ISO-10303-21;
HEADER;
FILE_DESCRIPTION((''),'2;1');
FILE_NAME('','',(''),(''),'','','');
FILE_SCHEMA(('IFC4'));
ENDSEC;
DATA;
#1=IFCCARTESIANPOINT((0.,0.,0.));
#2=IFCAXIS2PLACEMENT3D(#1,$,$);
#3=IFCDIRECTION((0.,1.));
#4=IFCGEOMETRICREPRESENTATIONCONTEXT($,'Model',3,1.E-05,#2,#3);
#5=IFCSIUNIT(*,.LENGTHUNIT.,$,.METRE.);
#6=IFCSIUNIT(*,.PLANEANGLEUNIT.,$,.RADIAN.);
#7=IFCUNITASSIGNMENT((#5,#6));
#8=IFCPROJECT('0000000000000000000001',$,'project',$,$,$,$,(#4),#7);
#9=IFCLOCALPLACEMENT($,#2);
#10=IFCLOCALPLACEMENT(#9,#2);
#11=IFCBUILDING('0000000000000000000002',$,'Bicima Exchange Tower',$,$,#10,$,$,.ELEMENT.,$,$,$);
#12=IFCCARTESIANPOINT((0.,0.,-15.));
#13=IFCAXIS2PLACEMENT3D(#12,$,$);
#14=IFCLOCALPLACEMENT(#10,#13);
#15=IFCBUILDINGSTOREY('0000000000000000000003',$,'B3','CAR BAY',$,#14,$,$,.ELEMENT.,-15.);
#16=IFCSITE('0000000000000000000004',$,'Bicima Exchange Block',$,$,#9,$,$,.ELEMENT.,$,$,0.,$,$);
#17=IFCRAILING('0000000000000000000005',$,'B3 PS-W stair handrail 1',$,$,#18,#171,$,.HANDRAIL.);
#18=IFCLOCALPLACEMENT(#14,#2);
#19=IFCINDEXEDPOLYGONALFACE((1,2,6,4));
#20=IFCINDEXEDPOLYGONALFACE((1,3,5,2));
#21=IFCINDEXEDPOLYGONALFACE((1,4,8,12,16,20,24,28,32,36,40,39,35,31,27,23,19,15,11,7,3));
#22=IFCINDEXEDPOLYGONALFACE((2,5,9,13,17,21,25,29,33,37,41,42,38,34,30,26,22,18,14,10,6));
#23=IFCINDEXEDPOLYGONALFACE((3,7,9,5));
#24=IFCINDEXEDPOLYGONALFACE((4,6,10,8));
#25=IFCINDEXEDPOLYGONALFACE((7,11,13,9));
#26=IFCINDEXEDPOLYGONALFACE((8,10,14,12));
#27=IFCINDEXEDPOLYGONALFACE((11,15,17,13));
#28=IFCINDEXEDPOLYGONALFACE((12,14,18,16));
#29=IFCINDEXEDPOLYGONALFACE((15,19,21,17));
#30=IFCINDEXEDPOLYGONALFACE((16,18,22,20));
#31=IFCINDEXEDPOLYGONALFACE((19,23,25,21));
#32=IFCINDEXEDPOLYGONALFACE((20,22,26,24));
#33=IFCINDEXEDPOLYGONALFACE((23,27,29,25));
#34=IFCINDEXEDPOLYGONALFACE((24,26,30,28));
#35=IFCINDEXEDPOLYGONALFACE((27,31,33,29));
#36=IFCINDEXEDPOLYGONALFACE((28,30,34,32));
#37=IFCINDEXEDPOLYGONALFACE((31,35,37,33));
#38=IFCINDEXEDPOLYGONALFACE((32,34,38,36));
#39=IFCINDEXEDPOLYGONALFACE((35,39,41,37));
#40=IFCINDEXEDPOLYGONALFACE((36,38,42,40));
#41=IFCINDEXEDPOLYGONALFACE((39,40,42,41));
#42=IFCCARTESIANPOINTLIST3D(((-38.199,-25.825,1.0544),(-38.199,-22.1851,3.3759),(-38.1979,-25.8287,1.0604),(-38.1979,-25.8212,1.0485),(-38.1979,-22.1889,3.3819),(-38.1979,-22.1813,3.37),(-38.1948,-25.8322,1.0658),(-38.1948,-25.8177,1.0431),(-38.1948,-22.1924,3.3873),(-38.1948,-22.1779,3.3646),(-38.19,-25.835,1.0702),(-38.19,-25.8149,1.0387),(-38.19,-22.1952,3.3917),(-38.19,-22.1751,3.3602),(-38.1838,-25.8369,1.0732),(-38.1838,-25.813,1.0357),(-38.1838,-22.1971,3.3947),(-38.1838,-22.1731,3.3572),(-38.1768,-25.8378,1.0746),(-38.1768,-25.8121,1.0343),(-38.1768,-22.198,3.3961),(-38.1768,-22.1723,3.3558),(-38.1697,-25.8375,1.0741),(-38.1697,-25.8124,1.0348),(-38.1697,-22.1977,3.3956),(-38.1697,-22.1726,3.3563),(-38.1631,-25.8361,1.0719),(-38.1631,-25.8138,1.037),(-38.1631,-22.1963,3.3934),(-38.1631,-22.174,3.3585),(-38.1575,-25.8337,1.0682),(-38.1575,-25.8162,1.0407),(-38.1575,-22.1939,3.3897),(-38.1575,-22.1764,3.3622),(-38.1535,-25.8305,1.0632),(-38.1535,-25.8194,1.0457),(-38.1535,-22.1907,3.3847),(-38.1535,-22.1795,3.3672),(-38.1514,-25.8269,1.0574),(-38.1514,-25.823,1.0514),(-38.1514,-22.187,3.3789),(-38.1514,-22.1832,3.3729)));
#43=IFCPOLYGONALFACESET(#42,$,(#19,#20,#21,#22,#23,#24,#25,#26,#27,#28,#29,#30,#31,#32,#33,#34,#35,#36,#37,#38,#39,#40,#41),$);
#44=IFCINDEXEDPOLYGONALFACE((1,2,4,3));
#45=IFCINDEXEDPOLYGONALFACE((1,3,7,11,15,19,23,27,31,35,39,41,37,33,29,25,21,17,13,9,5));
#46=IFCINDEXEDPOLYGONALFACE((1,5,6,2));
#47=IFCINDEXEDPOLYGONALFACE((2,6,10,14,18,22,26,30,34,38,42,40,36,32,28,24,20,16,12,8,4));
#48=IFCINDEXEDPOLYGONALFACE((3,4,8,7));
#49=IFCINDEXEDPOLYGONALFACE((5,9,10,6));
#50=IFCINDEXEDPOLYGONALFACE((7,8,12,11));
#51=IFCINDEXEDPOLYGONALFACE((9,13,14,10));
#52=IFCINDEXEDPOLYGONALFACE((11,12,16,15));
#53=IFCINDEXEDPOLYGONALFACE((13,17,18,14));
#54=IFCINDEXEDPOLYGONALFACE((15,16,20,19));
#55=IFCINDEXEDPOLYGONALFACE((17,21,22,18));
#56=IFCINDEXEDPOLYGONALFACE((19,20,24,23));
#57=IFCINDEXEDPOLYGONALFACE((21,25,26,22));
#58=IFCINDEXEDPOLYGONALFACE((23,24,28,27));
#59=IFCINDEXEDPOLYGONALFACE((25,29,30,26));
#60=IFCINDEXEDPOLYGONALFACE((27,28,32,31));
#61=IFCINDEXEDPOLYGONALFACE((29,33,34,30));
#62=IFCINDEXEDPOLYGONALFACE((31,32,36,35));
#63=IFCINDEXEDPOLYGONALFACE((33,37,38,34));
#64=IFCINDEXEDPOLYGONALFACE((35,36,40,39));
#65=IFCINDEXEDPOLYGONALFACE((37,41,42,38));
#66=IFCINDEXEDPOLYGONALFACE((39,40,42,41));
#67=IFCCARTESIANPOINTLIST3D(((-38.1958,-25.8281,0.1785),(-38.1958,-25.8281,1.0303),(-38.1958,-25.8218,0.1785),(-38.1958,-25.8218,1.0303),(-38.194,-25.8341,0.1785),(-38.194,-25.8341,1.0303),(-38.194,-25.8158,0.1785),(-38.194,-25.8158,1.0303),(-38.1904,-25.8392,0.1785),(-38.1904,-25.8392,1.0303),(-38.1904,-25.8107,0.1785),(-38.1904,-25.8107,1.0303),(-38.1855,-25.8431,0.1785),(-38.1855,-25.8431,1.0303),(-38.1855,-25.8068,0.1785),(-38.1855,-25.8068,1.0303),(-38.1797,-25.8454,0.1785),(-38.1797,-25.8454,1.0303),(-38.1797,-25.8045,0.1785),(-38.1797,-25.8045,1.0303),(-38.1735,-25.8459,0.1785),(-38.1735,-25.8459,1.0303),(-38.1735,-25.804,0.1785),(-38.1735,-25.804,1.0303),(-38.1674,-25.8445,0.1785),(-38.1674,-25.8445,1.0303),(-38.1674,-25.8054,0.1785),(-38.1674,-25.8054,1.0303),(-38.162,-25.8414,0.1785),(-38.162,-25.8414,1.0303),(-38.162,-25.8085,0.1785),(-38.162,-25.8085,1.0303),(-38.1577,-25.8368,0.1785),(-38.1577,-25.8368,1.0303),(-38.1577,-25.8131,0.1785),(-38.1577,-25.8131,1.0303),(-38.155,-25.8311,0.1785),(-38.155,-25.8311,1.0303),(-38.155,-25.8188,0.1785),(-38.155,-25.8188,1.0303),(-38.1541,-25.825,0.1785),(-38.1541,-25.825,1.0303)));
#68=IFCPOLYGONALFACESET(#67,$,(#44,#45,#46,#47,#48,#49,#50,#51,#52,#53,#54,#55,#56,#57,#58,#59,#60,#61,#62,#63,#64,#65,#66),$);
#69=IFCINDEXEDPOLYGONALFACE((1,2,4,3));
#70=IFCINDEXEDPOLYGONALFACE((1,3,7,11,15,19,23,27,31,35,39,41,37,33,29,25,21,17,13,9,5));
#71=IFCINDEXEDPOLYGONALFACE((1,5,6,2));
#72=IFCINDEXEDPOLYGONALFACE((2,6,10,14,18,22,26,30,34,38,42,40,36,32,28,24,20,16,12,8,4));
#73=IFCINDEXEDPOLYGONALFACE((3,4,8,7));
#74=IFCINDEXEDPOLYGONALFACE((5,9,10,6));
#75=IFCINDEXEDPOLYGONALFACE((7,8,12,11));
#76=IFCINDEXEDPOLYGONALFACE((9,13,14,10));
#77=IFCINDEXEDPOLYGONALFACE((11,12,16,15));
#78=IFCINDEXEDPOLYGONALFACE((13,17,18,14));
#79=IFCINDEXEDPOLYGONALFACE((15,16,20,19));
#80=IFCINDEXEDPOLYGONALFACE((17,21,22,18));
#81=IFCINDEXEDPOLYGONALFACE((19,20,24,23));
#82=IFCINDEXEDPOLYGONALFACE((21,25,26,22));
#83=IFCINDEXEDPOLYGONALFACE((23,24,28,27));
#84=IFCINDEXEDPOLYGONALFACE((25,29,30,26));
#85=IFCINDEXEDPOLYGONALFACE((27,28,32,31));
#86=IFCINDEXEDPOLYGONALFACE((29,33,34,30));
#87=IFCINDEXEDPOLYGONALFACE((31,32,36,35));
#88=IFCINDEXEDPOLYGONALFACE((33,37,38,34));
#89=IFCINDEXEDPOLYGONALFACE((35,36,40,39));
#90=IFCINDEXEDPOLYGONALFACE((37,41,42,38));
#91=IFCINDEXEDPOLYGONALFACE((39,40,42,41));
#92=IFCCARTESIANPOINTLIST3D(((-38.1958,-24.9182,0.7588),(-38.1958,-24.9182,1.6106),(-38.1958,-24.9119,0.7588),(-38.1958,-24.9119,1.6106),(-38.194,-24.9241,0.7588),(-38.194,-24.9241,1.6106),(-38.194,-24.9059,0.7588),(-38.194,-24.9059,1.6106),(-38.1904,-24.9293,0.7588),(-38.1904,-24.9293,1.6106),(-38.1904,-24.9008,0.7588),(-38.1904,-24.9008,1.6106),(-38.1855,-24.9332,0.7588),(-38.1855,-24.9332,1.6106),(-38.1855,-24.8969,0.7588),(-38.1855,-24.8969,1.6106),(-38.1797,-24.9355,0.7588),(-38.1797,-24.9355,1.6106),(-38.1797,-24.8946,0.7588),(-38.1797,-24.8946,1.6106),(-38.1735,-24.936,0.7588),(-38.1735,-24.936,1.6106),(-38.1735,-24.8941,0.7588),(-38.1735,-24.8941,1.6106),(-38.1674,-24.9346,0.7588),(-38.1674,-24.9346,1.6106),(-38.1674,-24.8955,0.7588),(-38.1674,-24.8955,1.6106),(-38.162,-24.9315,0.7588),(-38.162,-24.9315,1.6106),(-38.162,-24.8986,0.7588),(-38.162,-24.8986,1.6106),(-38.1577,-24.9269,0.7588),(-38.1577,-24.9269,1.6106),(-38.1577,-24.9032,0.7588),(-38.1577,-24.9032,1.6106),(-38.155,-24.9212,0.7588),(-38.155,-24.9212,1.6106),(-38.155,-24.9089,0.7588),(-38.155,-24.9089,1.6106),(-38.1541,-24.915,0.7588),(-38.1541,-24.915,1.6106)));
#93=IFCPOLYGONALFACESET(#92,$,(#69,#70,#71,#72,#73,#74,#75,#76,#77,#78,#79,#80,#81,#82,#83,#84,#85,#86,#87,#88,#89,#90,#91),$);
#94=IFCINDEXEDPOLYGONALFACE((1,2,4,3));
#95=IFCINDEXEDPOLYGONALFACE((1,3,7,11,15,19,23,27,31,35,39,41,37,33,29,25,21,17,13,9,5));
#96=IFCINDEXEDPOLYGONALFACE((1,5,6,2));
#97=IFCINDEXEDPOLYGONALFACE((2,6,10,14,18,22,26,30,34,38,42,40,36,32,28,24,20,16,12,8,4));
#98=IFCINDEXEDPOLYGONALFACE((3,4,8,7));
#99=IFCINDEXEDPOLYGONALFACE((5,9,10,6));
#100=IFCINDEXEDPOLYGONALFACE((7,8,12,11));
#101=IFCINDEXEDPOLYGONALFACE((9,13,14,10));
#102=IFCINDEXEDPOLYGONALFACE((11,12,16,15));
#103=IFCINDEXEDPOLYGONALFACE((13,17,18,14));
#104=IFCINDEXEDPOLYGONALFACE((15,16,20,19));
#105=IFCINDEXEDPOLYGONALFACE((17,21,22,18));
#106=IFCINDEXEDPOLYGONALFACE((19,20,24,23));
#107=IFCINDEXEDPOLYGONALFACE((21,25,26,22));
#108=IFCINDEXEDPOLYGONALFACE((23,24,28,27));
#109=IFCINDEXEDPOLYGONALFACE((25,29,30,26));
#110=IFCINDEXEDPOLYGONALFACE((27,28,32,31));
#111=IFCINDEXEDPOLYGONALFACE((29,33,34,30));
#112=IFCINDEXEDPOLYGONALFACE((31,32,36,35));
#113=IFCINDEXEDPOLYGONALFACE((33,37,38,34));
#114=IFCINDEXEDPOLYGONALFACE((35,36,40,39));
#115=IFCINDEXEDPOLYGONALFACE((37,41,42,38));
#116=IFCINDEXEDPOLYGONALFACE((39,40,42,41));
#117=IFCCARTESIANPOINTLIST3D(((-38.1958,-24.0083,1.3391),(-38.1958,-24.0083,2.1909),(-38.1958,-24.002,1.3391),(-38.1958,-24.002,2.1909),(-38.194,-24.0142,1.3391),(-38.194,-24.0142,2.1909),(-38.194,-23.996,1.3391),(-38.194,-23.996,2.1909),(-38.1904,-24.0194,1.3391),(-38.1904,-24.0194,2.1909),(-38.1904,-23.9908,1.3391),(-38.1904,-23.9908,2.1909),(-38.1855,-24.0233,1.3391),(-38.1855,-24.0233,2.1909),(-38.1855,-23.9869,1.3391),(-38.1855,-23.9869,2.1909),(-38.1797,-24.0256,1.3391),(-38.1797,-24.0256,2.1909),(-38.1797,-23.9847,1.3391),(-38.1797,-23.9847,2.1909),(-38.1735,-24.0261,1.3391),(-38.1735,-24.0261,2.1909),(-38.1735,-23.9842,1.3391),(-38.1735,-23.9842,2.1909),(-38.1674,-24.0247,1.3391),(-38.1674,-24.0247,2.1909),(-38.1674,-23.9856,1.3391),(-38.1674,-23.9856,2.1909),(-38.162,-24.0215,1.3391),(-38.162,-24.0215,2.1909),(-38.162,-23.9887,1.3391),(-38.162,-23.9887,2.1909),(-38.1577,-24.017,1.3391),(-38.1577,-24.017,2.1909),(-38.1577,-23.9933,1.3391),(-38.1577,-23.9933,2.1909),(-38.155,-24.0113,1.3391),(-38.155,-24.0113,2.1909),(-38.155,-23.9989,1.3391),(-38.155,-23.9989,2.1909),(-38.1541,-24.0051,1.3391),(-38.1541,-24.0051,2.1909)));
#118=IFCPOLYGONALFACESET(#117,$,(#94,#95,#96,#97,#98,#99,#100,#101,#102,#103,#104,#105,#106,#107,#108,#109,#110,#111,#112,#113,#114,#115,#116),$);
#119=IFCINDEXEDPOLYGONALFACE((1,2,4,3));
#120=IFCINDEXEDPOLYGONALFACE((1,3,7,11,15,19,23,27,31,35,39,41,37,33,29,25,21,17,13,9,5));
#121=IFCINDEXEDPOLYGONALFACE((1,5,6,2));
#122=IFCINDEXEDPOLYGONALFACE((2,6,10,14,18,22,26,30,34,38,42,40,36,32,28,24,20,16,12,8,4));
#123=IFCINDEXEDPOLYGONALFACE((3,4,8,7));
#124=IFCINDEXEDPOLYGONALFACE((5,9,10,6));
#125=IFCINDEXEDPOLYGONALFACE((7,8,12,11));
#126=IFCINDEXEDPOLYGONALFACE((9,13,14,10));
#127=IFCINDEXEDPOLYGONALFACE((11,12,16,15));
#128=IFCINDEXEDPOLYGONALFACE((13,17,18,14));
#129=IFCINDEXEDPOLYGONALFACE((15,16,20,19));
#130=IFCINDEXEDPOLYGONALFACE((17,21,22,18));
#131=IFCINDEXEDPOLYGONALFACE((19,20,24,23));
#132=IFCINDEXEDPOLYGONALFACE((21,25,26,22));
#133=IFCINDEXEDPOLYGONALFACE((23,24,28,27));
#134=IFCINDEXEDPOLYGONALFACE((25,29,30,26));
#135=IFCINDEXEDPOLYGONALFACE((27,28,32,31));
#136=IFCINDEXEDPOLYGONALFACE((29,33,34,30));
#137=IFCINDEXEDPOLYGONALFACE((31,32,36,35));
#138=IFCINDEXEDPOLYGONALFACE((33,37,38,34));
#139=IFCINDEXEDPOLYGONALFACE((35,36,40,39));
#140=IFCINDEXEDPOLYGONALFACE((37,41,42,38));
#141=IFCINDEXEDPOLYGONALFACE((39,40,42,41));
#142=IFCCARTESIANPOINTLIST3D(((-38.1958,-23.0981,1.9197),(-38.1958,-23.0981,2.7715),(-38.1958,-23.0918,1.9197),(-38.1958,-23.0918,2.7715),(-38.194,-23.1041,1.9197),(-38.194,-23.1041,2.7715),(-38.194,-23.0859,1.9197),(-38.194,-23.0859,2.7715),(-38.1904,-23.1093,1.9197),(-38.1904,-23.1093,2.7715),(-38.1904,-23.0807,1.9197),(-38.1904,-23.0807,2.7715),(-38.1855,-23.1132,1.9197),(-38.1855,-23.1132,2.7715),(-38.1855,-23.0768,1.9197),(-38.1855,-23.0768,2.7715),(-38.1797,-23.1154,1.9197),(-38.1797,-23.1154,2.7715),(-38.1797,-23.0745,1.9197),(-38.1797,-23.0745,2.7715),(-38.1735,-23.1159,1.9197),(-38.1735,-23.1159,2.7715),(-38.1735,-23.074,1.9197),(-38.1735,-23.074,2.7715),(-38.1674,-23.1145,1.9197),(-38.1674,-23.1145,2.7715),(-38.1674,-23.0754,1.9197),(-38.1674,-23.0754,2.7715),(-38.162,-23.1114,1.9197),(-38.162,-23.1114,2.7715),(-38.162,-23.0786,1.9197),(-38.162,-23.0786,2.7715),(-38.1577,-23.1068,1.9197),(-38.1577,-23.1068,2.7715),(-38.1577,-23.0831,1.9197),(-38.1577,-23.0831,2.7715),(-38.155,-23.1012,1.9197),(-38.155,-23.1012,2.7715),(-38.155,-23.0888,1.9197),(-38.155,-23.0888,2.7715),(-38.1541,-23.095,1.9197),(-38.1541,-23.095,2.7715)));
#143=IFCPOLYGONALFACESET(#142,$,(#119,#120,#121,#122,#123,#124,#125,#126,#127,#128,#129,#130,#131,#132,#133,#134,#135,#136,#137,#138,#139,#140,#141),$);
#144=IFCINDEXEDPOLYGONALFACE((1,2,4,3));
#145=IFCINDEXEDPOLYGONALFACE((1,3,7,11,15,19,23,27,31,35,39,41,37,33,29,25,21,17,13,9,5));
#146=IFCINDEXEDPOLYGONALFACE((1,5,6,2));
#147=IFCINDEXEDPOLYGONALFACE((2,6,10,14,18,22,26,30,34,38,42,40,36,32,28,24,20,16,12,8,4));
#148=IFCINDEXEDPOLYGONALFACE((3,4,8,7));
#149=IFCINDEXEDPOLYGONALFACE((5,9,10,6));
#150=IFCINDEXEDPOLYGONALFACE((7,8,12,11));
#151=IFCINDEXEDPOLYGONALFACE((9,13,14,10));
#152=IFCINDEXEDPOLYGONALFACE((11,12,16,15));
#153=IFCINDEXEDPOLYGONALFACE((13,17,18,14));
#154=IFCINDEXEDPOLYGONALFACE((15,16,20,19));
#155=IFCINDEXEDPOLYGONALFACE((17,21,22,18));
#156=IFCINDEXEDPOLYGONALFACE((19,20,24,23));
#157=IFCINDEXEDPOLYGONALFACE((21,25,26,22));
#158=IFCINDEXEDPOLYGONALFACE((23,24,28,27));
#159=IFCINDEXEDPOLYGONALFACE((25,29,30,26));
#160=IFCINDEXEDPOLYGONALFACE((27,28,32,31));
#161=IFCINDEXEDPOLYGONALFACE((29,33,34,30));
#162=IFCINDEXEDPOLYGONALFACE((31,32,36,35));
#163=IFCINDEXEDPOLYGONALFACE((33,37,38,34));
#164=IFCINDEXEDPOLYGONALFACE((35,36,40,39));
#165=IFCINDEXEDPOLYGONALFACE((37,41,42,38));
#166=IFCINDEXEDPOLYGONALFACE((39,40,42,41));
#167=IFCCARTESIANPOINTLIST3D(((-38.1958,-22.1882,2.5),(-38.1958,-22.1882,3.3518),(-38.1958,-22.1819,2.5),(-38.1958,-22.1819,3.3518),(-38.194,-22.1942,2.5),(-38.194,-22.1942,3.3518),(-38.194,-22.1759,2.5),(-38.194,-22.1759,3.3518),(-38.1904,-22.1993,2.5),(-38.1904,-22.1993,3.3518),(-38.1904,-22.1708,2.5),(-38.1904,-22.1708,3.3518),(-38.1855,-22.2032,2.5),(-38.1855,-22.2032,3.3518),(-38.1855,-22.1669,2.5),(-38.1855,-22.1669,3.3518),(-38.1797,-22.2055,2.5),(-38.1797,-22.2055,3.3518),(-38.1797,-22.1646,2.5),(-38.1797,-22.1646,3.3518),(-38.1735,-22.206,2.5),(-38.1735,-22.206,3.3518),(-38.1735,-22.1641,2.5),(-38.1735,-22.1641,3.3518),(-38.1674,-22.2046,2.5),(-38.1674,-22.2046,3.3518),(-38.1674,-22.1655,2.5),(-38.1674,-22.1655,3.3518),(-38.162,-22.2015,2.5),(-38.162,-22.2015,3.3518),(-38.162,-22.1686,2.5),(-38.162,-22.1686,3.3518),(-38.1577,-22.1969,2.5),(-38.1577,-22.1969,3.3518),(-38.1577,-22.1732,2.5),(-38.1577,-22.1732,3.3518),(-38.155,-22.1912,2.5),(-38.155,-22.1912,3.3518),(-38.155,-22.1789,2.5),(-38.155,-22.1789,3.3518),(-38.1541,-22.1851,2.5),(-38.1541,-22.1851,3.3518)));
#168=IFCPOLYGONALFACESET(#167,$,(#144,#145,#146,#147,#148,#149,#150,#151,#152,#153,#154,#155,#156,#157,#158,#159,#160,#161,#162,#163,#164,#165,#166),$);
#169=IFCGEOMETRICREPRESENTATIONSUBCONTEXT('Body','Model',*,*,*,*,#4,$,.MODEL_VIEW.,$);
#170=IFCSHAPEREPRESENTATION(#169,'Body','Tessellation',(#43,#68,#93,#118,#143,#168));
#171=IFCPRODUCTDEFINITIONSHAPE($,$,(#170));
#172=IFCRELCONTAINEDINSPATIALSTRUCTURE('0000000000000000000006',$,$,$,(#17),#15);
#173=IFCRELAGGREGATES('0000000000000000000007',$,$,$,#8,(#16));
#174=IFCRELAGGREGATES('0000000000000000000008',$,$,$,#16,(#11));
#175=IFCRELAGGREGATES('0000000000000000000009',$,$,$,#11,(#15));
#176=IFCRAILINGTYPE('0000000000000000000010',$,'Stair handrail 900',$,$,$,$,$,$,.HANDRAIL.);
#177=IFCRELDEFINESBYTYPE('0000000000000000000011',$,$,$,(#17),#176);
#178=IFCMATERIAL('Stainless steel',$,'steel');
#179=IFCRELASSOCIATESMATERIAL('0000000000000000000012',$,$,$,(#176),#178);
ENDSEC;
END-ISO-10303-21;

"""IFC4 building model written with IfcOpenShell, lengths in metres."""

from ifc_helpers import new_model, si_unit, direction, frame, origin, origin_2d, place, context, subcontext, project, spatial, circle, extrude, material, type_object, element, save


model = new_model("IFC4")

# Units and contexts
model_context = context("Model", 3, precision=1e-05, world=origin(), true_north=direction((0.0, 1.0)))
body_context = subcontext(model_context, "Body", "Model", "MODEL_VIEW")
ifc_project = project(units=[si_unit("LENGTHUNIT", "METRE"), si_unit("PLANEANGLEUNIT", "RADIAN")], contexts=[model_context])

# Site, building, storey
site_placement = place(None, origin())
site = spatial("IfcSite", under=ifc_project, at=site_placement, Name="Bicima Exchange Block", CompositionType="ELEMENT", RefElevation=0.0)
building_placement = place(site_placement, origin())
building = spatial("IfcBuilding", under=site, at=building_placement, Name="Bicima Exchange Tower", CompositionType="ELEMENT")
storey_placement = place(building_placement, frame((0.0, 0.0, -15.0)))
storey = spatial("IfcBuildingStorey", under=building, at=storey_placement, Name="B3", Description="CAR BAY", CompositionType="ELEMENT", Elevation=-15.0)

# Railing
ifc_material_1 = material(Name="Stainless steel", Category="steel")
railing_type_1 = type_object("IfcRailingType", Name="Stair handrail 900", PredefinedType="HANDRAIL", material=ifc_material_1)
railing_1_placement = place(storey_placement, frame((-38.175, -25.825, 0.1785)))
element("IfcRailing", 1, at=railing_1_placement, inside=storey, type_object=railing_type_1, Name="B3 PS-W stair handrail 1", PredefinedType="HANDRAIL", context=body_context, shape_type="SweptSolid", body=[
    extrude(circle(Radius=0.0239, at=origin_2d()), frame((0.0, 0.0, 0.876), z_axis=(0.0, 0.843112, 0.537739), x_axis=(-1.0, 0.0, 0.0)), (0.0, 0.0, 1.0), 4.3171),
    extrude(circle(Radius=0.021, at=origin_2d()), origin(), (0.0, 0.0, 1.0), 0.8518),
    extrude(circle(Radius=0.021, at=origin_2d()), frame((0.0, 0.9099, 0.5803)), (0.0, 0.0, 1.0), 0.8518),
    extrude(circle(Radius=0.021, at=origin_2d()), frame((0.0, 1.8198, 1.1606)), (0.0, 0.0, 1.0), 0.8518),
    extrude(circle(Radius=0.021, at=origin_2d()), frame((0.0, 2.73, 1.7412)), (0.0, 0.0, 1.0), 0.8518),
    extrude(circle(Radius=0.021, at=origin_2d()), frame((0.0, 3.6399, 2.3215)), (0.0, 0.0, 1.0), 0.8518),
])

save(model, "model.ifc")
